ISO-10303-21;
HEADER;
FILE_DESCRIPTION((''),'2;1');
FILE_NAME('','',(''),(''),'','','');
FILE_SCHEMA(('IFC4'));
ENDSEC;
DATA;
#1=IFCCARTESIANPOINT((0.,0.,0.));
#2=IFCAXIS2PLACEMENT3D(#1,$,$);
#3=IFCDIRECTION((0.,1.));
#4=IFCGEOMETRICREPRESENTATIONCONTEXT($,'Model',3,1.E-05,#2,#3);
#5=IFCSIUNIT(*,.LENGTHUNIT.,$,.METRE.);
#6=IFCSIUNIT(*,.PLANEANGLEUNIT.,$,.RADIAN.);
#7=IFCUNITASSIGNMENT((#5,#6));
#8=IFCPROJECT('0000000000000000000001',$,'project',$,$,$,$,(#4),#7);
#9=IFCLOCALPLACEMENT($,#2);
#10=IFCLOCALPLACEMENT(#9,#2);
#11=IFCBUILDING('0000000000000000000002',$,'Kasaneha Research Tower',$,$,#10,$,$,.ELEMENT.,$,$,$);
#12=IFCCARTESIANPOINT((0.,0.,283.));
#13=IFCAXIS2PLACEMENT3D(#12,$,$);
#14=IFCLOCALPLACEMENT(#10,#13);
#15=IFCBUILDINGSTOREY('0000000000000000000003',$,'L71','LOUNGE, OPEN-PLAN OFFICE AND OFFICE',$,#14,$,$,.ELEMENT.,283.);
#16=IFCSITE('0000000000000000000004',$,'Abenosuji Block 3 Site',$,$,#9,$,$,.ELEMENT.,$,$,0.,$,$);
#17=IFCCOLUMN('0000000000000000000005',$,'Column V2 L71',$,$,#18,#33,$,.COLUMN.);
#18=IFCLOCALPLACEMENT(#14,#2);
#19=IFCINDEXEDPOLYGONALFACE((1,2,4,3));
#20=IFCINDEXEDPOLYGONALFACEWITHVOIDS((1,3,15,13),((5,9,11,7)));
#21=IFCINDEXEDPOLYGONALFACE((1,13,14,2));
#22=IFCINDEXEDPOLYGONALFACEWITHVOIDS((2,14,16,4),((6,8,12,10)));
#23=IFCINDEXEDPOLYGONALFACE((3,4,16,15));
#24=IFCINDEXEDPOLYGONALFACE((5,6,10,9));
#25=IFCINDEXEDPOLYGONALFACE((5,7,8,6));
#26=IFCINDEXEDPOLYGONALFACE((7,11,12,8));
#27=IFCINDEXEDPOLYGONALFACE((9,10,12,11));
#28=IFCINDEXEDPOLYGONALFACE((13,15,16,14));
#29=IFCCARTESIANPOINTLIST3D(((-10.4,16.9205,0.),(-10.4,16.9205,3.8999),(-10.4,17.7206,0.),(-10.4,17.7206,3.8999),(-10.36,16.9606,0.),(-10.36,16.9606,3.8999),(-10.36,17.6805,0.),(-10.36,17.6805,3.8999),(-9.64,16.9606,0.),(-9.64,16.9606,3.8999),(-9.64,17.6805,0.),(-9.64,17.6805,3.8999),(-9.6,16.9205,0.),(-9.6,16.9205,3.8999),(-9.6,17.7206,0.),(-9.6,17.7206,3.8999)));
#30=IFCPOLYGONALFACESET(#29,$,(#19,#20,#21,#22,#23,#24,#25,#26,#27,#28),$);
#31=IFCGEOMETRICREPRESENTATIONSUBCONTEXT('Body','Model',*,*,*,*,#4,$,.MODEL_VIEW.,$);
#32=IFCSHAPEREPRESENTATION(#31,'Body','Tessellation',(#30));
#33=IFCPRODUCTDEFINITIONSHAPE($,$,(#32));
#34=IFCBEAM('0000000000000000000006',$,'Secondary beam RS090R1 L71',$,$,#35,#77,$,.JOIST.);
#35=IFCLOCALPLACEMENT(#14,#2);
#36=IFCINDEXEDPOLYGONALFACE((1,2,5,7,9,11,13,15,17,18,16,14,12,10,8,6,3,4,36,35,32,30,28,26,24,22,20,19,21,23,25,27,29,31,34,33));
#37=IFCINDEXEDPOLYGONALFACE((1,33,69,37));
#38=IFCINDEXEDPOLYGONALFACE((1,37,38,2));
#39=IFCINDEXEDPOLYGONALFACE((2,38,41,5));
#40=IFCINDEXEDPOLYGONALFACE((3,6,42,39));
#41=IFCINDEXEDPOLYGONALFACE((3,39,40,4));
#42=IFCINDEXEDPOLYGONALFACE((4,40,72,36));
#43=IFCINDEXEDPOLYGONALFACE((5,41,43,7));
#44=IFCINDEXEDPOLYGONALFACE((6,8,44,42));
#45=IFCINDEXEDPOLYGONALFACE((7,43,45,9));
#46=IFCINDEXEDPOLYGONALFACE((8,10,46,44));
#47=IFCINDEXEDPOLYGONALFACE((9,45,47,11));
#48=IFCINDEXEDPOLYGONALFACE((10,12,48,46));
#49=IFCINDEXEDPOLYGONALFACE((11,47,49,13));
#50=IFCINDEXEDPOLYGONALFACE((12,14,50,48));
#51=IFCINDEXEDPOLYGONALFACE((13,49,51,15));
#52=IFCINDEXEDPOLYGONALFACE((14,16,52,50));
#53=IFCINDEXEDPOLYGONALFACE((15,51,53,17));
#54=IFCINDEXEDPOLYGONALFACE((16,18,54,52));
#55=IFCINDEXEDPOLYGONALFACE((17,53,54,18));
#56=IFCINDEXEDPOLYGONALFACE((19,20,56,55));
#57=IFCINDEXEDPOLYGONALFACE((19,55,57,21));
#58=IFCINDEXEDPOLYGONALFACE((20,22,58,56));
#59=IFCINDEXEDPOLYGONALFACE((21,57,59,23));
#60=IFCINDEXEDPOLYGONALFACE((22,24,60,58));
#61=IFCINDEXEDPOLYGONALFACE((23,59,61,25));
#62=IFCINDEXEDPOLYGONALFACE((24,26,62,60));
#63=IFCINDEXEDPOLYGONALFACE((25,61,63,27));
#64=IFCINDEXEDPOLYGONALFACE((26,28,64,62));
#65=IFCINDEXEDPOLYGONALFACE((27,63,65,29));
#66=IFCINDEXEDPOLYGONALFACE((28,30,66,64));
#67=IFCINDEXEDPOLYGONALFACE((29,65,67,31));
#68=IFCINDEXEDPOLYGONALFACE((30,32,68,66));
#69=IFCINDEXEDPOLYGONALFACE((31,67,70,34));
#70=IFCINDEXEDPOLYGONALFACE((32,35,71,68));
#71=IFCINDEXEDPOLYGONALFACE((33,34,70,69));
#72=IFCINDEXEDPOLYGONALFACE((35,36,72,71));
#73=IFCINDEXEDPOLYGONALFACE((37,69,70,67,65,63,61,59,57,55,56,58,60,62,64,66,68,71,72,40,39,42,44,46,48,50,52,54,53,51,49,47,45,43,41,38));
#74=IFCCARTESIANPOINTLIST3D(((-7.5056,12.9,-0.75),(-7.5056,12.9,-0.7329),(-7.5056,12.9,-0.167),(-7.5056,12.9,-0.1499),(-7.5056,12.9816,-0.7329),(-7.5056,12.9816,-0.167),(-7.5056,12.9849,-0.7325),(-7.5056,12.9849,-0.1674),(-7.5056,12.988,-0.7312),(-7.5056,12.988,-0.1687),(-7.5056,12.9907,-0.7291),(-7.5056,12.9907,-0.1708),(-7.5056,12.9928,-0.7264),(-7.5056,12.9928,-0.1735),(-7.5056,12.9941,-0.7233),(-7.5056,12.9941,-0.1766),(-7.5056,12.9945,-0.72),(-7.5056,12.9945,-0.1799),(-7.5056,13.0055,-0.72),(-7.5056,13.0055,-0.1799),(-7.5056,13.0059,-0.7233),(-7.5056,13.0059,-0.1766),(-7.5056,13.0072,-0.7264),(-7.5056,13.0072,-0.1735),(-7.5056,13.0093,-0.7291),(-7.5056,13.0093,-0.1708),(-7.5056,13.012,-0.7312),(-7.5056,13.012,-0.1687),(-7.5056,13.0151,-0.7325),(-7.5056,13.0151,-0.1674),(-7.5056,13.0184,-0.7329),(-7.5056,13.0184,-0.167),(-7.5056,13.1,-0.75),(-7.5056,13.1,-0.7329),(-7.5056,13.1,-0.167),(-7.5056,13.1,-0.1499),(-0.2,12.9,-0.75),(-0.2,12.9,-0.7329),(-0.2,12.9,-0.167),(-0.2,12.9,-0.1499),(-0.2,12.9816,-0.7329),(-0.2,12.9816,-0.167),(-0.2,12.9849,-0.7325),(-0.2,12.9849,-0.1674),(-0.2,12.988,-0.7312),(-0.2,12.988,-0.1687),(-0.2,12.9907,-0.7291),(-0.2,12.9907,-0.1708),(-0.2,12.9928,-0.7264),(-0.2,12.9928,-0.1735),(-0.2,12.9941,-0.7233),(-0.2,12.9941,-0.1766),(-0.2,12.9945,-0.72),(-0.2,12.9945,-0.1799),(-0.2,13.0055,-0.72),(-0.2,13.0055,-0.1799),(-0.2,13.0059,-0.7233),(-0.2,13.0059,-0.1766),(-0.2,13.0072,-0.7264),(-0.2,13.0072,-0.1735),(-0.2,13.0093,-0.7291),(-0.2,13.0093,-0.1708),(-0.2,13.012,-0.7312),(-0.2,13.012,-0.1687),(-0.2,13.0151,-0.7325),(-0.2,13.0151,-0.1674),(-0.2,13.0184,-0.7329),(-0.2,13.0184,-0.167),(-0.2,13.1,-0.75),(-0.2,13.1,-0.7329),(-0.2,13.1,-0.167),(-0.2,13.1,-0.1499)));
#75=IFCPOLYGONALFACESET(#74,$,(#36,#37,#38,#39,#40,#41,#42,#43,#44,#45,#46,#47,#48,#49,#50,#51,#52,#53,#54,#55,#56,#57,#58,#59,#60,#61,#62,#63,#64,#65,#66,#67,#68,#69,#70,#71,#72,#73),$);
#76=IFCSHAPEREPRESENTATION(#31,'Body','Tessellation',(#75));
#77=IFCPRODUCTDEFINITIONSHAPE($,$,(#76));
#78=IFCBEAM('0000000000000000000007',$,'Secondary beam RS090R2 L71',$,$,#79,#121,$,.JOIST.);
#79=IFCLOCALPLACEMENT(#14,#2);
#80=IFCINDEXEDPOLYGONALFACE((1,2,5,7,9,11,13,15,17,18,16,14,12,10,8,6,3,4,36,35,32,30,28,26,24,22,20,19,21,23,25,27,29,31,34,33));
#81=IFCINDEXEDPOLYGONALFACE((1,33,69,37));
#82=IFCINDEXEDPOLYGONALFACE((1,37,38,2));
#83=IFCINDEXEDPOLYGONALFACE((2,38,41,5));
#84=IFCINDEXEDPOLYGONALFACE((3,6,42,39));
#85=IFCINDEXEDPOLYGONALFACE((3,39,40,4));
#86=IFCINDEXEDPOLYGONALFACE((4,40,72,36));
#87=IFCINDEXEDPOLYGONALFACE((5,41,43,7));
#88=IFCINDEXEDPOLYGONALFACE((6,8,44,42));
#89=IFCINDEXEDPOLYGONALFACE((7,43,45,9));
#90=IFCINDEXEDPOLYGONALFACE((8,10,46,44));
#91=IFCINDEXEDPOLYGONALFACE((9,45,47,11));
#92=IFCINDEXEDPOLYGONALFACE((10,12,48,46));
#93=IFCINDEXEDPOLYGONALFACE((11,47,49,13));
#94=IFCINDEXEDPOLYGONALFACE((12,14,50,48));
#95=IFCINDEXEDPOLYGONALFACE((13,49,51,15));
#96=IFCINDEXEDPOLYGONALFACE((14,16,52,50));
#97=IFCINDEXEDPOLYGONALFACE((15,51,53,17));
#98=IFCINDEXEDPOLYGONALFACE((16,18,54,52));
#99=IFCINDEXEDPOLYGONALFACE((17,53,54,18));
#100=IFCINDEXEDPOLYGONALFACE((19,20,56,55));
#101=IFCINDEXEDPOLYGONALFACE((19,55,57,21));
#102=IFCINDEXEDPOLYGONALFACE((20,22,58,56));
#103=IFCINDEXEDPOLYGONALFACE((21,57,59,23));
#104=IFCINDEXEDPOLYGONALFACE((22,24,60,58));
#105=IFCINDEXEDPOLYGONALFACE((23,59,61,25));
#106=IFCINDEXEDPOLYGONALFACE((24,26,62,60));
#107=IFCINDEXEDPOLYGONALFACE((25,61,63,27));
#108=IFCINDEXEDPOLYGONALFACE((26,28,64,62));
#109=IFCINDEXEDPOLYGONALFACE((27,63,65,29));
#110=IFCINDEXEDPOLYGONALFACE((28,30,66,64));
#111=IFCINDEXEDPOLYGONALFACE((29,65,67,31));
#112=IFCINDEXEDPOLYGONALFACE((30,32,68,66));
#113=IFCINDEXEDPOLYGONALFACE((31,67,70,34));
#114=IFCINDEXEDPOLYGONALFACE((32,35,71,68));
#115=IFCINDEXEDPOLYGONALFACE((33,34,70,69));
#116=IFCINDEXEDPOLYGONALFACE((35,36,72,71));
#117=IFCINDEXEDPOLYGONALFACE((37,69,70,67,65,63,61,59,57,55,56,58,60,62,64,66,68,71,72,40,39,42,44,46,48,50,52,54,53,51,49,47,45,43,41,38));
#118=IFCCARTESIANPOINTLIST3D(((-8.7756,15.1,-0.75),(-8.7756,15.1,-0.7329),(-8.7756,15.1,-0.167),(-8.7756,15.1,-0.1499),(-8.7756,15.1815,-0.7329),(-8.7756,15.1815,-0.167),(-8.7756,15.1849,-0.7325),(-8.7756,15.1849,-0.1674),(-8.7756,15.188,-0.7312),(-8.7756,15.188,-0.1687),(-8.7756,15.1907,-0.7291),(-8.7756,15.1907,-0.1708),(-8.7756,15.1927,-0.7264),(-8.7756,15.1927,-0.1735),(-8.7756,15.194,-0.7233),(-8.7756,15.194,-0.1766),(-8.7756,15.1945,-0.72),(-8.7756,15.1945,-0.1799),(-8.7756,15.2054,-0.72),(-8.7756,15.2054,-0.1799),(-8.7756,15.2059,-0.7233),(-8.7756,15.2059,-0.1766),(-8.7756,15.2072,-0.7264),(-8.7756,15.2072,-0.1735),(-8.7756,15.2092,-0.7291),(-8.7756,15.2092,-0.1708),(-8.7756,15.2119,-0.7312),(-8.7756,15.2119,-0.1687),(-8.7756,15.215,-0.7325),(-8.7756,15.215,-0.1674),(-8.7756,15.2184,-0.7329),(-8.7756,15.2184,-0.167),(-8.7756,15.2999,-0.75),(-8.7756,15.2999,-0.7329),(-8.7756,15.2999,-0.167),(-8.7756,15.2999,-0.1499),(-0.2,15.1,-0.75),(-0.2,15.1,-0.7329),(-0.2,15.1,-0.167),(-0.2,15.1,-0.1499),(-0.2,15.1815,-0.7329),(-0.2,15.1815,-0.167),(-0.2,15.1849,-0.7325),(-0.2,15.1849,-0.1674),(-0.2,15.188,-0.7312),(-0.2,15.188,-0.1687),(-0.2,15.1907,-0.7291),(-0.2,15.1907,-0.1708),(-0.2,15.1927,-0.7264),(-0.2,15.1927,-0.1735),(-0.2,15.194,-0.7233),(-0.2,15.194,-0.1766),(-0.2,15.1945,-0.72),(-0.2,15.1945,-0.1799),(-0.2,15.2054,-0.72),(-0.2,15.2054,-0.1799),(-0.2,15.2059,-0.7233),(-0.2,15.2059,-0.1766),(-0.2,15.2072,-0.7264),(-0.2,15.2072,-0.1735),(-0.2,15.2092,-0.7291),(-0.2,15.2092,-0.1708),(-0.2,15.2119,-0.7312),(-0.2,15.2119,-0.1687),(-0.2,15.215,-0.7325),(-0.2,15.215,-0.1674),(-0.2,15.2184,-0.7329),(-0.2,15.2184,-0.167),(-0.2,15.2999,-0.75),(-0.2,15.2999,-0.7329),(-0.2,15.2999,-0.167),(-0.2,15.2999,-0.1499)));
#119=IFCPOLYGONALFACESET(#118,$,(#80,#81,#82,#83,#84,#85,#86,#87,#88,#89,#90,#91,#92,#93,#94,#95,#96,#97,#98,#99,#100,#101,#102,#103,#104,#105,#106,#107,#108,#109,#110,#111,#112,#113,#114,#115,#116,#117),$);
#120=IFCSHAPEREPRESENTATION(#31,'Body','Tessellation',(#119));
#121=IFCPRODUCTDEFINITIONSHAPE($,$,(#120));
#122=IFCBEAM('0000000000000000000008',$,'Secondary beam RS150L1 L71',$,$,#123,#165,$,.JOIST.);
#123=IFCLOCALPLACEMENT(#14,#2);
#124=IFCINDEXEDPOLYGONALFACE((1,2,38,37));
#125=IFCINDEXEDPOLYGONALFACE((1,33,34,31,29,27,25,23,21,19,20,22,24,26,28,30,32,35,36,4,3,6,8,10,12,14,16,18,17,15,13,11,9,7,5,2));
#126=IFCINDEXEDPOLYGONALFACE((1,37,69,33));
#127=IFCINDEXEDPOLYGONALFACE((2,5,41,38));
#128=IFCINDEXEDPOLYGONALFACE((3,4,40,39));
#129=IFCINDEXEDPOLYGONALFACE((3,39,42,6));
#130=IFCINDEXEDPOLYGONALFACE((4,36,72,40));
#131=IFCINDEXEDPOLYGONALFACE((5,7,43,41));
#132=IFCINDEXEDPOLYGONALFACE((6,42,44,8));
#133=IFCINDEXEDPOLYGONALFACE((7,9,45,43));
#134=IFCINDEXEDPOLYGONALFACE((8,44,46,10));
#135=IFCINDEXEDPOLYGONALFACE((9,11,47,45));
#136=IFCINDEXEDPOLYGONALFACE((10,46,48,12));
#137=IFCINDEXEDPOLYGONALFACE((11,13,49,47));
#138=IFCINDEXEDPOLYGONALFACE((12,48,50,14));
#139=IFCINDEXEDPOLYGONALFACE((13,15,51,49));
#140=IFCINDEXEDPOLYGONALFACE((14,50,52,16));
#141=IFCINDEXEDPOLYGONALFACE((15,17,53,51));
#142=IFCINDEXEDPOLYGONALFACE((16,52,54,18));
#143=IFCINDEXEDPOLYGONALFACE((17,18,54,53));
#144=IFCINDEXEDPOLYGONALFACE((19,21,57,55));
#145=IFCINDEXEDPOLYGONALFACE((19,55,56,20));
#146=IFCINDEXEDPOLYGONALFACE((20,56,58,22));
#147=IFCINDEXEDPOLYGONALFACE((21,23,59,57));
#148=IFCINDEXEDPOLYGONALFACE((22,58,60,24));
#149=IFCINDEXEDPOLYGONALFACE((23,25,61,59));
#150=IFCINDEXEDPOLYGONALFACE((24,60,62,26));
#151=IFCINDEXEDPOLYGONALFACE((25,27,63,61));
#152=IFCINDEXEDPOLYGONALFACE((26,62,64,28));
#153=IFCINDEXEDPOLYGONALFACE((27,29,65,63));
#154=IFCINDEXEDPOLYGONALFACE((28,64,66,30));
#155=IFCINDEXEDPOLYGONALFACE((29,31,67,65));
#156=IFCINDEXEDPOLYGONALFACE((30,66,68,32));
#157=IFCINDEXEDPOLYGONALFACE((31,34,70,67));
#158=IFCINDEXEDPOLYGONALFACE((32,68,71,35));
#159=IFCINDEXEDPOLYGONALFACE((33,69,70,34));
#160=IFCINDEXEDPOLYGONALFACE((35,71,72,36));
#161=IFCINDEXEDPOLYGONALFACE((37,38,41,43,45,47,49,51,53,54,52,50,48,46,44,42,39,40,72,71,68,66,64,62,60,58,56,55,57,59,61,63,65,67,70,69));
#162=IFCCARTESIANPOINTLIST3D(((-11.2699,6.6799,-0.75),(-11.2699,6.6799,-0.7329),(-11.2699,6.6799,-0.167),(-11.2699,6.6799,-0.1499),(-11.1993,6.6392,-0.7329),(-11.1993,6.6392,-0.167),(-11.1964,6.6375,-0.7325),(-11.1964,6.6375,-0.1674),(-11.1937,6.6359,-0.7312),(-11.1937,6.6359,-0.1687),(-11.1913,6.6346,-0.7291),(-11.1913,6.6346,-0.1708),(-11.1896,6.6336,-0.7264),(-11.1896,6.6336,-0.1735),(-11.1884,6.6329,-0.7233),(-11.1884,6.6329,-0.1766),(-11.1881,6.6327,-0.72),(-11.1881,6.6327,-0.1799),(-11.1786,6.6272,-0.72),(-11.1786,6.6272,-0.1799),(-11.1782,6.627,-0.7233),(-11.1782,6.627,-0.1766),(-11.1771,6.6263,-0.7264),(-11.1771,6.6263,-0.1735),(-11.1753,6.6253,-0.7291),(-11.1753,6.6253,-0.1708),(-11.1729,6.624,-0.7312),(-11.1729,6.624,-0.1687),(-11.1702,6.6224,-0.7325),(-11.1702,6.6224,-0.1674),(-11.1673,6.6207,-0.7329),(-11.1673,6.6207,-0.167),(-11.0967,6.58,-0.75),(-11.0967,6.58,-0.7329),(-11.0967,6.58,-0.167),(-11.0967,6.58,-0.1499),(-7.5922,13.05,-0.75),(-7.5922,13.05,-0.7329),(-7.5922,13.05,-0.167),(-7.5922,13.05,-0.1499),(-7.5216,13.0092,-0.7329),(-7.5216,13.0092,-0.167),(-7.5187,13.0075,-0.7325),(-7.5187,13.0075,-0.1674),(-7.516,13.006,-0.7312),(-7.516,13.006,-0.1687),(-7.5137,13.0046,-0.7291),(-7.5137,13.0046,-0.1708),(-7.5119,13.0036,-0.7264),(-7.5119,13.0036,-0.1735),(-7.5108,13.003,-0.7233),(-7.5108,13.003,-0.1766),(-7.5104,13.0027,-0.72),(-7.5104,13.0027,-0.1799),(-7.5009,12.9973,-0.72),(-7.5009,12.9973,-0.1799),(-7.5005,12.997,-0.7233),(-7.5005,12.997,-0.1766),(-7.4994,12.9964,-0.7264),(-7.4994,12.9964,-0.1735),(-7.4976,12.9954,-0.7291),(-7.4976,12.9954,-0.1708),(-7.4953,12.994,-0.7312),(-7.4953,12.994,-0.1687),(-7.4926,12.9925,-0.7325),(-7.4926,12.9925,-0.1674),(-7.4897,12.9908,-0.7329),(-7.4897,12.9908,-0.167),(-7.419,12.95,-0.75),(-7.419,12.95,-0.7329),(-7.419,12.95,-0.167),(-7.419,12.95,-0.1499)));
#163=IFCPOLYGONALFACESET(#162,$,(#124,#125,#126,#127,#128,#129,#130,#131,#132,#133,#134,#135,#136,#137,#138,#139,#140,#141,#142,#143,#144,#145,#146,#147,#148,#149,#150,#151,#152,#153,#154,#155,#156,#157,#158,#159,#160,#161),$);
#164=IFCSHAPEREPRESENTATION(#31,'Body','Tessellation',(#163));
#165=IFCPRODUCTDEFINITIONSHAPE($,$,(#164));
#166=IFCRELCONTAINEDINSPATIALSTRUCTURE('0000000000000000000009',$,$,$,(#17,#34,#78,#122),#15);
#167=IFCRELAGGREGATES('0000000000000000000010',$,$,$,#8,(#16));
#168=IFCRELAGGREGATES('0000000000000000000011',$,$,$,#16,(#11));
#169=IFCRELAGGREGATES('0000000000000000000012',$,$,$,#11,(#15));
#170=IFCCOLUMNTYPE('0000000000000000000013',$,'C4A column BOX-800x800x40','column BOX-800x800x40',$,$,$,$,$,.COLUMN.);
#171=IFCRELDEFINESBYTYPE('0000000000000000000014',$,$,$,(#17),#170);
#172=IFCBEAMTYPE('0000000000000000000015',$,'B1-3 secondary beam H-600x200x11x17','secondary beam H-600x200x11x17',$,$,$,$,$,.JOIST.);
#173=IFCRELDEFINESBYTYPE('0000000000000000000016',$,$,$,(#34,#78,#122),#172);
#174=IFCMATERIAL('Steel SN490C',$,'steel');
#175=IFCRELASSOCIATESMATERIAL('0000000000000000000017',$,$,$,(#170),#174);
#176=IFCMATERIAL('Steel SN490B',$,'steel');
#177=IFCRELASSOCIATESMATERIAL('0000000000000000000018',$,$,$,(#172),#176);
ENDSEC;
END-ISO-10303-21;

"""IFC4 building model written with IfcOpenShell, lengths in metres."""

from ifc_helpers import new_model, si_unit, direction, frame, origin, origin_2d, place, context, subcontext, project, spatial, hollow_rectangle, i_section, extrude, material, material_profile, profile_set, type_object, element, save


model = new_model("IFC4")

# Units and contexts
model_context = context("Model", 3, precision=1e-05, world=origin(), true_north=direction((0.0, 1.0)))
body_context = subcontext(model_context, "Body", "Model", "MODEL_VIEW")
ifc_project = project(units=[si_unit("LENGTHUNIT", "METRE"), si_unit("PLANEANGLEUNIT", "RADIAN")], contexts=[model_context])

# Site, building, storey
site_placement = place(None, origin())
site = spatial("IfcSite", under=ifc_project, at=site_placement, Name="Abenosuji Block 3 Site", CompositionType="ELEMENT", RefElevation=0.0)
building_placement = place(site_placement, origin())
building = spatial("IfcBuilding", under=site, at=building_placement, Name="Kasaneha Research Tower", CompositionType="ELEMENT")
storey_placement = place(building_placement, frame((0.0, 0.0, 283.0)))
storey = spatial("IfcBuildingStorey", under=building, at=storey_placement, Name="L71", Description="LOUNGE, OPEN-PLAN OFFICE AND OFFICE", CompositionType="ELEMENT", Elevation=283.0)

# Column
ifc_material_1 = material(Name="Steel SN490C", Category="steel")
ifc_material_profile_1 = material_profile(ifc_material_1, hollow_rectangle(XDim=0.8, YDim=0.8, WallThickness=0.04, at=origin_2d()), Name="BOX-800x800x40")
ifc_profile_set_1 = profile_set([ifc_material_profile_1], Name="Steel SN490C")
column_type = type_object("IfcColumnType", Name="C4A column BOX-800x800x40", Description="column BOX-800x800x40", PredefinedType="COLUMN", material=ifc_profile_set_1)
column_placement = place(storey_placement, frame((-10.0, 17.3206, 0.0), z_axis=(0.0, 0.0, 1.0), x_axis=(1.0, 0.0, 0.0)))
element("IfcColumn", 1, at=column_placement, inside=storey, type_object=column_type, Name="Column V2 L71", PredefinedType="COLUMN", context=body_context, shape_type="SweptSolid", body=[
    extrude(hollow_rectangle(XDim=0.8, YDim=0.8, WallThickness=0.04, at=origin_2d()), origin(), (0.0, 0.0, 1.0), 3.8999),
])

# Beams
ifc_material_2 = material(Name="Steel SN490B", Category="steel")
ifc_material_profile_2 = material_profile(ifc_material_2, i_section(OverallWidth=0.2, OverallDepth=0.6001, WebThickness=0.011, FlangeThickness=0.0171, FilletRadius=0.0129, at=origin_2d()), Name="H-600x200x11x17")
ifc_profile_set_2 = profile_set([ifc_material_profile_2], Name="Steel SN490B")
beam_type_1 = type_object("IfcBeamType", Name="B1-3 secondary beam H-600x200x11x17", Description="secondary beam H-600x200x11x17", PredefinedType="JOIST", material=ifc_profile_set_2)
beam_1_placement = place(storey_placement, frame((-7.5056, 13.0, -0.45), z_axis=(1.0, 0.0, 0.0), x_axis=(0.0, 1.0, 0.0)))
element("IfcBeam", 2, at=beam_1_placement, inside=storey, type_object=beam_type_1, Name="Secondary beam RS090R1 L71", PredefinedType="JOIST", context=body_context, shape_type="SweptSolid", body=[
    extrude(i_section(OverallWidth=0.2, OverallDepth=0.6001, WebThickness=0.011, FlangeThickness=0.0171, FilletRadius=0.0129, at=origin_2d()), origin(), (0.0, 0.0, 1.0), 7.3057),
])
beam_2_placement = place(storey_placement, frame((-8.7756, 15.2, -0.45), z_axis=(1.0, 0.0, 0.0), x_axis=(0.0, 1.0, 0.0)))
element("IfcBeam", 3, at=beam_2_placement, inside=storey, type_object=beam_type_1, Name="Secondary beam RS090R2 L71", PredefinedType="JOIST", context=body_context, shape_type="SweptSolid", body=[
    extrude(i_section(OverallWidth=0.2, OverallDepth=0.6001, WebThickness=0.011, FlangeThickness=0.0171, FilletRadius=0.0129, at=origin_2d()), origin(), (0.0, 0.0, 1.0), 8.5757),
])
beam_3_placement = place(storey_placement, frame((-7.5056, 13.0, -0.45), z_axis=(-0.499994, -0.866029, 0.0), x_axis=(0.866029, -0.499994, 0.0)))
element("IfcBeam", 4, at=beam_3_placement, inside=storey, type_object=beam_type_1, Name="Secondary beam RS150L1 L71", PredefinedType="JOIST", context=body_context, shape_type="SweptSolid", body=[
    extrude(i_section(OverallWidth=0.2, OverallDepth=0.6001, WebThickness=0.011, FlangeThickness=0.0171, FilletRadius=0.0129, at=origin_2d()), origin(), (0.0, 0.0, 1.0), 7.3555),
])

save(model, "model.ifc")
